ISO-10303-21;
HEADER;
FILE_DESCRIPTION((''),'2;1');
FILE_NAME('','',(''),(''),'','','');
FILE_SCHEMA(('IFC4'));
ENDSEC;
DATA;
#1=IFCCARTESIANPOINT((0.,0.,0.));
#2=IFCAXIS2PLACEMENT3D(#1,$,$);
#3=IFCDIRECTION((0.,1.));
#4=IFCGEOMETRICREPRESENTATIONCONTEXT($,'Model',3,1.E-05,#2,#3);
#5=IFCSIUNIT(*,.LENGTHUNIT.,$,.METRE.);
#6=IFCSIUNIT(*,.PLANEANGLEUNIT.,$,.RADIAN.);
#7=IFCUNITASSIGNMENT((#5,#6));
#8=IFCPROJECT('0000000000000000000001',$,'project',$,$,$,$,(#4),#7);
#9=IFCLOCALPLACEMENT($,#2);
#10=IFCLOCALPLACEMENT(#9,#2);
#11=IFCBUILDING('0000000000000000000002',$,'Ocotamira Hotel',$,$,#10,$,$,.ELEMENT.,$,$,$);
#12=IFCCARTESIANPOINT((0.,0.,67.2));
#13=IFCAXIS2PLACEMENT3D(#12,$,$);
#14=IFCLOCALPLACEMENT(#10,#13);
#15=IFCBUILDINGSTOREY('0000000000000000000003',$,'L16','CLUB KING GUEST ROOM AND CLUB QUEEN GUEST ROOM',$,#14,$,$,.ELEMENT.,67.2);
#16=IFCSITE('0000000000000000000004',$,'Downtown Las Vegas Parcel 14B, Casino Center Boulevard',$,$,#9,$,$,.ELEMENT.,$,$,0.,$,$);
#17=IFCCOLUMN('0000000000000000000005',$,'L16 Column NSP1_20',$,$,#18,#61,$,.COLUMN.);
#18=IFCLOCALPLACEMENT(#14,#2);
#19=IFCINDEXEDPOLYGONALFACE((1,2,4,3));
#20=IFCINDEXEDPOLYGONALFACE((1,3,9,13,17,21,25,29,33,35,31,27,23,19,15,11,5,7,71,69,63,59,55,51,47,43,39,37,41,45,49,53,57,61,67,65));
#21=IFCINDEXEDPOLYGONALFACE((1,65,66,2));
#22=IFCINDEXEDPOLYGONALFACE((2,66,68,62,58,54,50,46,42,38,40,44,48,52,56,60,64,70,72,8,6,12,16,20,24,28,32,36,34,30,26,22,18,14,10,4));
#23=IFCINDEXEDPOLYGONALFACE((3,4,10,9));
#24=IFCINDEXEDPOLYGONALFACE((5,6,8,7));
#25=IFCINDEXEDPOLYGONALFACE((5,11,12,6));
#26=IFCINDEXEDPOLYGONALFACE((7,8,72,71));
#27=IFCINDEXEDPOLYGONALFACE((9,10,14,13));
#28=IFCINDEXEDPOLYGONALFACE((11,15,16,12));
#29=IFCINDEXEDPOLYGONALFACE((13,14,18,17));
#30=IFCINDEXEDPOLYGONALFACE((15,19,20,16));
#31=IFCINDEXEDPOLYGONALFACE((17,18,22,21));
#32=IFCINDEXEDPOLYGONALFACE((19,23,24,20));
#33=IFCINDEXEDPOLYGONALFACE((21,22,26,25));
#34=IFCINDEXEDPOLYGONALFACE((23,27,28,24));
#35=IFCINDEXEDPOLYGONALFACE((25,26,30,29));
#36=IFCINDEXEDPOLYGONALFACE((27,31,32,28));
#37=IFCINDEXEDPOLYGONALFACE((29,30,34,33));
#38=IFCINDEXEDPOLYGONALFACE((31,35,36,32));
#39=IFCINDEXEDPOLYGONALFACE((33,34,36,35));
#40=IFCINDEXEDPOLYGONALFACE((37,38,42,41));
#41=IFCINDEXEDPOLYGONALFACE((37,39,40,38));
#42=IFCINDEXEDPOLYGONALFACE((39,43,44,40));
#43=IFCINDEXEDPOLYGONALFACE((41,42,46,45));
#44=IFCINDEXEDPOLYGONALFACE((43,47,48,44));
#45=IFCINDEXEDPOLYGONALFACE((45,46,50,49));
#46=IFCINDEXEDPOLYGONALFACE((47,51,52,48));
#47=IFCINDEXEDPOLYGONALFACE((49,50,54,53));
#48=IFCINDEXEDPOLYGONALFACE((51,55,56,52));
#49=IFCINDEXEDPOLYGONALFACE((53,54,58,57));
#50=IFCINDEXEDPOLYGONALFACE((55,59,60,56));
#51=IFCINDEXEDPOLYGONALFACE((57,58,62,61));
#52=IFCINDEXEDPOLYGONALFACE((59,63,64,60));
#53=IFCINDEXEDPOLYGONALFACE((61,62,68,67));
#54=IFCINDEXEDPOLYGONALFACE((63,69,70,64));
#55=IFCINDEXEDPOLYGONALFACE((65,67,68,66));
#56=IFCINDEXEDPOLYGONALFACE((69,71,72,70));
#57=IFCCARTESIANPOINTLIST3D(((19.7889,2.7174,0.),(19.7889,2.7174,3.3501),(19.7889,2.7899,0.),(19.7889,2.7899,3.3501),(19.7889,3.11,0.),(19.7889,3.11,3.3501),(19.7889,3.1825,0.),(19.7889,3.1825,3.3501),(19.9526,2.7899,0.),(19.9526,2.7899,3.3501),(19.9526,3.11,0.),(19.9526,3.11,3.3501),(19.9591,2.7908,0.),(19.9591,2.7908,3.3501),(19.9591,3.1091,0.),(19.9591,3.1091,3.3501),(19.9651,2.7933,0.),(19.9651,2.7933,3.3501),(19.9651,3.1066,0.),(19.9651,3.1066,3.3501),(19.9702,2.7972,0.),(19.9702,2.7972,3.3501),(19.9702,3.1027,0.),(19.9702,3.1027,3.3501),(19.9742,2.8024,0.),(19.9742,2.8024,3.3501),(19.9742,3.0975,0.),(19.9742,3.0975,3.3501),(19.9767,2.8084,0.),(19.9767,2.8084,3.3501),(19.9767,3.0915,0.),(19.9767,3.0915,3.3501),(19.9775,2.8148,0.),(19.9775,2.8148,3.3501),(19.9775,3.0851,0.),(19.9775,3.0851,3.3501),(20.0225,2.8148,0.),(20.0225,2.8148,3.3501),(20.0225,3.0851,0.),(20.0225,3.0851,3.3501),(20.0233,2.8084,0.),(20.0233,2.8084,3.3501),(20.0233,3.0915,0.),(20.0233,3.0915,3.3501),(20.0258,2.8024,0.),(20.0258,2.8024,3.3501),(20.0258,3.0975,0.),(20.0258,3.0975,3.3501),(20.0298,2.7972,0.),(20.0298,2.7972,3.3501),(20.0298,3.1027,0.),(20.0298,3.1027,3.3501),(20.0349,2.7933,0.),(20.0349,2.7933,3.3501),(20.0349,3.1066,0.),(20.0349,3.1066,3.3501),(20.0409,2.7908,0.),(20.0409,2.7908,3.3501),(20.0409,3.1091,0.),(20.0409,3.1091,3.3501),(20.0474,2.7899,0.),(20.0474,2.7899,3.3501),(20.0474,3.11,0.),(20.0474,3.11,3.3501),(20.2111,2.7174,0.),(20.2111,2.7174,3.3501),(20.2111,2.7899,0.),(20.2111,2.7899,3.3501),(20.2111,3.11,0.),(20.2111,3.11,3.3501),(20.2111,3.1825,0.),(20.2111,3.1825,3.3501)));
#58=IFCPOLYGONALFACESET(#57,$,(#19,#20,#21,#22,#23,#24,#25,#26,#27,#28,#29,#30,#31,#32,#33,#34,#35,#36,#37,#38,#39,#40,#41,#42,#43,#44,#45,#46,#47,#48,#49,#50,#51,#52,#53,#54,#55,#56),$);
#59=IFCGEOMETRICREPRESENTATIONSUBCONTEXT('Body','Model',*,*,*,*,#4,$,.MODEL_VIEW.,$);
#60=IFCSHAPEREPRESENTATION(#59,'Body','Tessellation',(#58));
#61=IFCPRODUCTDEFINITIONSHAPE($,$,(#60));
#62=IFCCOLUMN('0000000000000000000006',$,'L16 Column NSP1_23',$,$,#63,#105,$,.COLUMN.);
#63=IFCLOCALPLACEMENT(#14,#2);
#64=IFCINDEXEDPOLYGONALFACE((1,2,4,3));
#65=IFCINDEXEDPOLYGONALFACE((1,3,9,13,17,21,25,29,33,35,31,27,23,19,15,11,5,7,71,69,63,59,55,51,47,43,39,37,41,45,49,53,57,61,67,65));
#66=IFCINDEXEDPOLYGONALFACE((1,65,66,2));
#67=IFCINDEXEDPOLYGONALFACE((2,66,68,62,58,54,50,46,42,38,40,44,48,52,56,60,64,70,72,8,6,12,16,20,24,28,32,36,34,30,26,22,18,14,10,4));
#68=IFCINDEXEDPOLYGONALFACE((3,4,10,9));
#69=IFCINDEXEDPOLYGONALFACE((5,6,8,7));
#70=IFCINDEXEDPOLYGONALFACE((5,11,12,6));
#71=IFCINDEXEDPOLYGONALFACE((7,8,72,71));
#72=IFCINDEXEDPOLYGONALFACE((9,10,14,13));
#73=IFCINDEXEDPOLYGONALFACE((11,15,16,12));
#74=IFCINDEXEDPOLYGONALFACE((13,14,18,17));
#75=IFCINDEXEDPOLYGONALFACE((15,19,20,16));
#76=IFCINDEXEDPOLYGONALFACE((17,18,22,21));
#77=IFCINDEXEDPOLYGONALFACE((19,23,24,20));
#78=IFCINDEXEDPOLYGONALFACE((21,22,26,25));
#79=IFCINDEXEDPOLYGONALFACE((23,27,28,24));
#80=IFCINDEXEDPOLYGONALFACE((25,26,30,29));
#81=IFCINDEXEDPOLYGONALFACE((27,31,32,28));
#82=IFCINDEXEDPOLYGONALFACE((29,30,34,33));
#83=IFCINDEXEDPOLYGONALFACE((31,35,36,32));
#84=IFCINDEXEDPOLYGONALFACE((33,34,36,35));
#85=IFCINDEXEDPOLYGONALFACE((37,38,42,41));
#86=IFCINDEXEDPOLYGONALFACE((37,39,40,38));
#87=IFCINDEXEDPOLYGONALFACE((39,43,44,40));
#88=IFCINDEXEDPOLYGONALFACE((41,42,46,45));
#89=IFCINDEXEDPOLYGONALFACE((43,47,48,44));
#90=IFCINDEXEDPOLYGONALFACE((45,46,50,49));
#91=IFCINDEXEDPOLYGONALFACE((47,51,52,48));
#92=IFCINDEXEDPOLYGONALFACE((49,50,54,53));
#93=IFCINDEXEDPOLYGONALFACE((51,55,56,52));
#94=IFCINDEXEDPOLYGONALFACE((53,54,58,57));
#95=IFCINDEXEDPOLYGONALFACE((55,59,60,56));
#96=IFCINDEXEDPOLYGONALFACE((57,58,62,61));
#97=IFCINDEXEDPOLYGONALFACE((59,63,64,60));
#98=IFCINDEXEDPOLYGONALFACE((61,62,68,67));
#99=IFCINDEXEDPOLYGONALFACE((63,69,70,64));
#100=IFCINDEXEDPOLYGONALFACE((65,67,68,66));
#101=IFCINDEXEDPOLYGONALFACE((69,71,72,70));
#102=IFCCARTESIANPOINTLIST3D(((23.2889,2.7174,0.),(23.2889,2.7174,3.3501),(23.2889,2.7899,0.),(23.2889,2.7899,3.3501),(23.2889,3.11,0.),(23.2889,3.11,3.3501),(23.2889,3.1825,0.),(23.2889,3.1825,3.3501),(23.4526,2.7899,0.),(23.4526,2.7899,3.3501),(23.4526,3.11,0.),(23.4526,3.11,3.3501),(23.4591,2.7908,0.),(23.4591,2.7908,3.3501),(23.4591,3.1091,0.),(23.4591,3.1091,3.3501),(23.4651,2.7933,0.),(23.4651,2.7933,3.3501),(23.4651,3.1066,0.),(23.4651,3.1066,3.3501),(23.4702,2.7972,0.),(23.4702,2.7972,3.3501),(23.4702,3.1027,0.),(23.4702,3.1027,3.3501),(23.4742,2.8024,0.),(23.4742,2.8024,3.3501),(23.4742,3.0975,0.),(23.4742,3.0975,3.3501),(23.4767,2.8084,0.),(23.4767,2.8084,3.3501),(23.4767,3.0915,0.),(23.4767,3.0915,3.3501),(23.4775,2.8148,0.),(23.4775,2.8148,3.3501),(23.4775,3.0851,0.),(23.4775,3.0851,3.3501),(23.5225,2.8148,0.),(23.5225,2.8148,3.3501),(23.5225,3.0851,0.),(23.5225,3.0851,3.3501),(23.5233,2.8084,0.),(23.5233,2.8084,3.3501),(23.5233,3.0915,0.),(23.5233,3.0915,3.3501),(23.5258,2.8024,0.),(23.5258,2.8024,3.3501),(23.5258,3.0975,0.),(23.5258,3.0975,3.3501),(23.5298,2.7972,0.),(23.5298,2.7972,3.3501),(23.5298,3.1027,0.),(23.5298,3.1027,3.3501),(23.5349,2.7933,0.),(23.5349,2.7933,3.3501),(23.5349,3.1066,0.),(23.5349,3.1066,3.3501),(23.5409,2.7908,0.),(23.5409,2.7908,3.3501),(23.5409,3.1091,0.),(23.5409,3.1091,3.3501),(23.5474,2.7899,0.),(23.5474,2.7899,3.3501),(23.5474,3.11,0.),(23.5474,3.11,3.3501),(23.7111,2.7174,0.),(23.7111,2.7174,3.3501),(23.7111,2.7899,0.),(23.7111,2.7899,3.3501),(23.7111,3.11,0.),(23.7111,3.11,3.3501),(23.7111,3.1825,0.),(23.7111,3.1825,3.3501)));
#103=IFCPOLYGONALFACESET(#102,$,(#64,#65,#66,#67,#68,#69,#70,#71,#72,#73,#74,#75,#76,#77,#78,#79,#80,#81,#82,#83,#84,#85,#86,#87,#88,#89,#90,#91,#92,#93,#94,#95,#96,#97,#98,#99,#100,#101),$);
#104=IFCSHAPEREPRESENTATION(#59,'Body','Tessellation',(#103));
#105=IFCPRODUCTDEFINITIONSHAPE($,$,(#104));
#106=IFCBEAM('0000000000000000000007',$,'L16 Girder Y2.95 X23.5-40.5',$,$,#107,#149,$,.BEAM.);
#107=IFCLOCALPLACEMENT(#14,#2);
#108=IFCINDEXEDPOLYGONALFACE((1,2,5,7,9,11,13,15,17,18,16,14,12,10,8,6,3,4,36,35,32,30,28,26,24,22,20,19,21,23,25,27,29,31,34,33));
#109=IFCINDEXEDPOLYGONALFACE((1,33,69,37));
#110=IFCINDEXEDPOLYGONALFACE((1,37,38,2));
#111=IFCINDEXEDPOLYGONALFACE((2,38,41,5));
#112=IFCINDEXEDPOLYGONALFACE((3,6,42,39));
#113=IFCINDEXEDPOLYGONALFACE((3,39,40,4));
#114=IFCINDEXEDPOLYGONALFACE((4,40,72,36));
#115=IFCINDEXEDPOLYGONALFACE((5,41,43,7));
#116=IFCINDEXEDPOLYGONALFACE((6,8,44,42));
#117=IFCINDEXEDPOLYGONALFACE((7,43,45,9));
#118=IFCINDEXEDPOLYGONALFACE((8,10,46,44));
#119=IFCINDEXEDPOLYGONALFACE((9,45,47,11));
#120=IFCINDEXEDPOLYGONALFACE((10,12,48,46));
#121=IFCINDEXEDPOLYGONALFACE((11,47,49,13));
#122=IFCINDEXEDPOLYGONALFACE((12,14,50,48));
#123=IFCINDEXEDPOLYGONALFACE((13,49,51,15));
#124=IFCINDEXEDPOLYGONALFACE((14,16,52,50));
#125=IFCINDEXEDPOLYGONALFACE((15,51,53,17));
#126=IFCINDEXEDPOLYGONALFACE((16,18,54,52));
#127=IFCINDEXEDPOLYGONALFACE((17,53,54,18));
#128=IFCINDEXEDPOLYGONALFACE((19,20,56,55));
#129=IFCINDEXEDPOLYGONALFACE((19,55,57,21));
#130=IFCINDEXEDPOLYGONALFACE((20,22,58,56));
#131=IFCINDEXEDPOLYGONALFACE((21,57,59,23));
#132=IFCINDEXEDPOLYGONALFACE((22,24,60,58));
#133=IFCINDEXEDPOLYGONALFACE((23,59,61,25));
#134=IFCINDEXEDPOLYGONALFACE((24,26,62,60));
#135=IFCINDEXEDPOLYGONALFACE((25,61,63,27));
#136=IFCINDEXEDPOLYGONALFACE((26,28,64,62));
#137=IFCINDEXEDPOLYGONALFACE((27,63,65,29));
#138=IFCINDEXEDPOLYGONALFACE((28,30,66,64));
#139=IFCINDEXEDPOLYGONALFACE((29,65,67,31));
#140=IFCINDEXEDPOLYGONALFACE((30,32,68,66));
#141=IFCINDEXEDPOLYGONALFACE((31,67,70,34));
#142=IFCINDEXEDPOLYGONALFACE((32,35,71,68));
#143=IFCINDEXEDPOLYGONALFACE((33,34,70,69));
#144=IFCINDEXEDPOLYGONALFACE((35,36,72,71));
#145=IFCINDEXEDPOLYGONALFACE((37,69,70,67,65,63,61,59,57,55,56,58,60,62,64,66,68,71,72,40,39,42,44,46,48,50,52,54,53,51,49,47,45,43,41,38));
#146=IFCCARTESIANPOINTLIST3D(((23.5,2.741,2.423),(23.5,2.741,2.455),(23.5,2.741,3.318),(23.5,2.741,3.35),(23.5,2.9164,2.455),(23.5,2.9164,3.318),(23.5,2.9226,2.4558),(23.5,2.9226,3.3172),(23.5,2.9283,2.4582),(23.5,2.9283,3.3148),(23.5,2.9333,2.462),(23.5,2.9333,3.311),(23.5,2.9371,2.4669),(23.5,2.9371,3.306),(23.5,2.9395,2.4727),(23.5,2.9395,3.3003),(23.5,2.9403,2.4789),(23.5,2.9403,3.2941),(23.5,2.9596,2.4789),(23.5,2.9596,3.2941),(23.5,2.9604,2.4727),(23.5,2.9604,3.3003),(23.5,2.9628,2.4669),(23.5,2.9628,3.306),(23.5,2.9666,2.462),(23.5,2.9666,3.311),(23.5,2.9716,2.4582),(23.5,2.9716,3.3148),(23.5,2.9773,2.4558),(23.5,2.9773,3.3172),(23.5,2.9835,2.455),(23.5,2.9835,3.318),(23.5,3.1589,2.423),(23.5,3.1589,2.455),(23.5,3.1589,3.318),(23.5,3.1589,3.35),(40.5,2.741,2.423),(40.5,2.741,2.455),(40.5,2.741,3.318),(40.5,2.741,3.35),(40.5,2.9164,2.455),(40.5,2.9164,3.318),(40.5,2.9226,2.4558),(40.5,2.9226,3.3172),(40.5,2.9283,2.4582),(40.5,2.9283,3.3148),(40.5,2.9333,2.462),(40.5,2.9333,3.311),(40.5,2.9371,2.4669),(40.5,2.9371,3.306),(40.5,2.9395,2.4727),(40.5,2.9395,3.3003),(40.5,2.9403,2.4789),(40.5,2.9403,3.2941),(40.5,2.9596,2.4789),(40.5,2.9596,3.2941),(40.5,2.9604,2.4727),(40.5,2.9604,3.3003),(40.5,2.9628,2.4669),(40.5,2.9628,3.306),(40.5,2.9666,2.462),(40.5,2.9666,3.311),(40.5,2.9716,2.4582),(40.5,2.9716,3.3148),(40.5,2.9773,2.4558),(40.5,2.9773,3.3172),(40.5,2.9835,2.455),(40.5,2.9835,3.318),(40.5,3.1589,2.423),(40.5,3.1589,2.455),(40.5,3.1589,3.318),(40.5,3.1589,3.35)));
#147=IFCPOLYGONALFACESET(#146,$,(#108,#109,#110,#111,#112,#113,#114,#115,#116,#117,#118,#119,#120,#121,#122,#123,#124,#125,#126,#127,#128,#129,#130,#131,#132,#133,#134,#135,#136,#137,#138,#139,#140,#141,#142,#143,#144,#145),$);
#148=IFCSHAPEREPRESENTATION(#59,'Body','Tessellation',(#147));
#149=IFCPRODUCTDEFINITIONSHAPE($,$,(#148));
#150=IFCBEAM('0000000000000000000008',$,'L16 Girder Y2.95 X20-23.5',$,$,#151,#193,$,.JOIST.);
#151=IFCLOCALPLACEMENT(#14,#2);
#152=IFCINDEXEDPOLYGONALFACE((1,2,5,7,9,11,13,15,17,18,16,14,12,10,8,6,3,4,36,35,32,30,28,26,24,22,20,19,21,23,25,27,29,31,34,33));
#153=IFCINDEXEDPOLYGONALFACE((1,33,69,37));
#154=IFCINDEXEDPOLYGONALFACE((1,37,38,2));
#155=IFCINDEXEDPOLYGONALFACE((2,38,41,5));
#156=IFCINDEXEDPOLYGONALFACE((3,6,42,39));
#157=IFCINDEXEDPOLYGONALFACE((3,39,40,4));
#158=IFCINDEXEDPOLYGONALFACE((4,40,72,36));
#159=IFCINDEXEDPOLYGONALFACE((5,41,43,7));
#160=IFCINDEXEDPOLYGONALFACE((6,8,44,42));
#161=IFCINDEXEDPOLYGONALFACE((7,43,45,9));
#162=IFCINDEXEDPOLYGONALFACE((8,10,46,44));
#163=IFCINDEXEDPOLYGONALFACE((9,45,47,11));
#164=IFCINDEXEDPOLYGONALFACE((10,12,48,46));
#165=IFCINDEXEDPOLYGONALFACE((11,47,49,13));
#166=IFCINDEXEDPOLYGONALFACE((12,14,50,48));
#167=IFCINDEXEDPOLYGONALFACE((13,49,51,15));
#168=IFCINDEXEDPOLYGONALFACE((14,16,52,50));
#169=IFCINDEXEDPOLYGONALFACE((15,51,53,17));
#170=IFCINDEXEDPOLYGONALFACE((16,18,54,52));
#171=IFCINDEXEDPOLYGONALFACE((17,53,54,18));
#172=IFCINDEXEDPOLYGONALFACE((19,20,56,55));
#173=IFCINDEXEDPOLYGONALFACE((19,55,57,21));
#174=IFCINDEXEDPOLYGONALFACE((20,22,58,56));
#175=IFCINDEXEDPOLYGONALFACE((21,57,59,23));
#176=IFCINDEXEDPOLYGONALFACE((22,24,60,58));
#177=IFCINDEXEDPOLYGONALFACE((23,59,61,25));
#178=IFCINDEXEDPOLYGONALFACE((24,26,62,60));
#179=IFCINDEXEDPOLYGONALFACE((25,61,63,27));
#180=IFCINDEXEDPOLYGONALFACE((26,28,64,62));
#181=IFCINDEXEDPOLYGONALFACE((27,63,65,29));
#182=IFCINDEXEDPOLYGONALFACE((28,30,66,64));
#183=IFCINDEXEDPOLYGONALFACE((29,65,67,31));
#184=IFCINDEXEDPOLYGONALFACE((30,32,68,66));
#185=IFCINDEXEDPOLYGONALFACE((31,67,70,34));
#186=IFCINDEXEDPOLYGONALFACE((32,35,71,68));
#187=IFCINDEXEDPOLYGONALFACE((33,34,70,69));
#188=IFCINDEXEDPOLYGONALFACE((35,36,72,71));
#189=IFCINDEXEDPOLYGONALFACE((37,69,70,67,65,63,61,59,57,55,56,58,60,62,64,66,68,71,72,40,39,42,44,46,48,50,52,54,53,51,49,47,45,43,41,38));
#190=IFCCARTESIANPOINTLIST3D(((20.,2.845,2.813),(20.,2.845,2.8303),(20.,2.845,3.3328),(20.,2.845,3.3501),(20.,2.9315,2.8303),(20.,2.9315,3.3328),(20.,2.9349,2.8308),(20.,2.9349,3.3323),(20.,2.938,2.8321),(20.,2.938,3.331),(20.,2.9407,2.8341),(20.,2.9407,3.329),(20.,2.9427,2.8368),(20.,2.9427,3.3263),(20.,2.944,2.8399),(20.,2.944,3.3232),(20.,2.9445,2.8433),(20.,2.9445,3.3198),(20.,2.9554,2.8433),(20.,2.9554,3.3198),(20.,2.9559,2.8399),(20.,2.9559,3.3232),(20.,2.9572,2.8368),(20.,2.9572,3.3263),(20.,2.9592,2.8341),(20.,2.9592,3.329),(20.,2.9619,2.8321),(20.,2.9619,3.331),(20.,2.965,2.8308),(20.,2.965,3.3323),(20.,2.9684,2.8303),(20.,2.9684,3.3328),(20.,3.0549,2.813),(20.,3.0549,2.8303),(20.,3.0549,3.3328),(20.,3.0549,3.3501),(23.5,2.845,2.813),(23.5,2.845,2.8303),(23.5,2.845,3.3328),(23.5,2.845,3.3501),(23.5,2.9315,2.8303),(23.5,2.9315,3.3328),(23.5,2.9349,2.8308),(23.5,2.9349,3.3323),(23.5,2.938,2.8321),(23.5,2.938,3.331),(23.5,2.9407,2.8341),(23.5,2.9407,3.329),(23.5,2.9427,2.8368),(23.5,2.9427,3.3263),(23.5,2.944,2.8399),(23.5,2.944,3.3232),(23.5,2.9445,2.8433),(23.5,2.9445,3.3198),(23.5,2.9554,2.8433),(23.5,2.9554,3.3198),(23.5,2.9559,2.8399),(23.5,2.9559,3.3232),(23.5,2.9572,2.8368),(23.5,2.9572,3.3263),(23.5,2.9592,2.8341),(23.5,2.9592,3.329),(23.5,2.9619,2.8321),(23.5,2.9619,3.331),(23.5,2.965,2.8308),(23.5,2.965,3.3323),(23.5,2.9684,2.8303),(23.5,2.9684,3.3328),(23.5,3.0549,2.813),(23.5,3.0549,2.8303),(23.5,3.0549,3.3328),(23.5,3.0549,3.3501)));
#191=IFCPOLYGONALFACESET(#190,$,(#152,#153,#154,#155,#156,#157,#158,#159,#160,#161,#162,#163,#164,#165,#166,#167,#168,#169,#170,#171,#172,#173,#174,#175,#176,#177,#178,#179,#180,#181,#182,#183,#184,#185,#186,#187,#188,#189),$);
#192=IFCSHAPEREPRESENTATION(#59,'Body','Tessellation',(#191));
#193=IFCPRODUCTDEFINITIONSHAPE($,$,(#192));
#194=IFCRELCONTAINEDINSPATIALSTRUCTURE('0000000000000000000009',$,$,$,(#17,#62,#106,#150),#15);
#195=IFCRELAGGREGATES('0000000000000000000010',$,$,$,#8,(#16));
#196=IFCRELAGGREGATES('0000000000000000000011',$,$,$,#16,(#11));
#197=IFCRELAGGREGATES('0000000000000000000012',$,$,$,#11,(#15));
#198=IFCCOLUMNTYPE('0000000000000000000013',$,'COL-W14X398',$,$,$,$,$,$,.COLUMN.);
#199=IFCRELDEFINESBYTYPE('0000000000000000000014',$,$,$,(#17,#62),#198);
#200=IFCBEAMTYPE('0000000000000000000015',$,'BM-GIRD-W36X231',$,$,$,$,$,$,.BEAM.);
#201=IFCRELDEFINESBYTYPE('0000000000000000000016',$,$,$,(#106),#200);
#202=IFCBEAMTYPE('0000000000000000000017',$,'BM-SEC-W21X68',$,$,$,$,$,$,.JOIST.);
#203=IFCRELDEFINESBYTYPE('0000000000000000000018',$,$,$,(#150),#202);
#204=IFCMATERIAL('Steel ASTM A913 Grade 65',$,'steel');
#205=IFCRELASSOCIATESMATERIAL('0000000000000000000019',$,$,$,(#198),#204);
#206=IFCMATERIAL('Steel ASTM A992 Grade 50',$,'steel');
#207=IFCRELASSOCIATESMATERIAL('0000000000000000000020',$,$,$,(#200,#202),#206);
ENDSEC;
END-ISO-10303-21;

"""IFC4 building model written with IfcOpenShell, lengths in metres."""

from ifc_helpers import new_model, si_unit, direction, frame, origin, origin_2d, place, context, subcontext, project, spatial, i_section, extrude, source, transform, mapped, material, material_profile, profile_set, type_object, element, save


model = new_model("IFC4")

# Units and contexts
model_context = context("Model", 3, precision=1e-05, world=origin(), true_north=direction((0.0, 1.0)))
body_context = subcontext(model_context, "Body", "Model", "MODEL_VIEW")
ifc_project = project(units=[si_unit("LENGTHUNIT", "METRE"), si_unit("PLANEANGLEUNIT", "RADIAN")], contexts=[model_context])

# Site, building, storey
site_placement = place(None, origin())
site = spatial("IfcSite", under=ifc_project, at=site_placement, Name="Downtown Las Vegas Parcel 14B, Casino Center Boulevard", CompositionType="ELEMENT", RefElevation=0.0)
building_placement = place(site_placement, origin())
building = spatial("IfcBuilding", under=site, at=building_placement, Name="Ocotamira Hotel", CompositionType="ELEMENT")
storey_placement = place(building_placement, frame((0.0, 0.0, 67.2)))
storey = spatial("IfcBuildingStorey", under=building, at=storey_placement, Name="L16", Description="CLUB KING GUEST ROOM AND CLUB QUEEN GUEST ROOM", CompositionType="ELEMENT", Elevation=67.2)

# Columns
ifc_material_1 = material(Name="Steel ASTM A913 Grade 65", Category="steel")
ifc_material_profile_1 = material_profile(ifc_material_1, i_section(OverallWidth=0.4221, OverallDepth=0.4651, WebThickness=0.0449, FlangeThickness=0.0725, FilletRadius=0.0249, at=origin_2d()), Name="W14X398")
ifc_profile_set_1 = profile_set([ifc_material_profile_1], Name="Steel ASTM A913 Grade 65")
column_type = type_object("IfcColumnType", Name="COL-W14X398", PredefinedType="COLUMN", material=ifc_profile_set_1)
shared_shape_1 = source(origin(), body_context, "Body", "SweptSolid", [
    extrude(i_section(OverallWidth=0.4221, OverallDepth=0.4651, WebThickness=0.0449, FlangeThickness=0.0725, FilletRadius=0.0249, at=origin_2d()), origin(), (0.0, 0.0, 1.0), 3.3501),
])
for number, where, z_axis, x_axis, name in (
    (1, (20.0, 2.95, 0.0), (0.0, 0.0, 1.0), (1.0, 0.0, 0.0), "L16 Column NSP1_20"),
    (2, (23.5, 2.95, 0.0), (0.0, 0.0, 1.0), (1.0, 0.0, 0.0), "L16 Column NSP1_23"),
):
    element("IfcColumn", number, at=place(storey_placement, frame(where, z_axis=z_axis, x_axis=x_axis)), inside=storey, type_object=column_type, Name=name, PredefinedType="COLUMN", context=body_context, shape_type="MappedRepresentation", body=[
        mapped(shared_shape_1, transform((0.0, 0.0, 0.0), scale=1.0)),
    ])

# Beams
ifc_material_2 = material(Name="Steel ASTM A992 Grade 50", Category="steel")
ifc_material_profile_2 = material_profile(ifc_material_2, i_section(OverallWidth=0.418, OverallDepth=0.927, WebThickness=0.0193, FlangeThickness=0.032, FilletRadius=0.0239, at=origin_2d()), Name="W36X231")
ifc_profile_set_2 = profile_set([ifc_material_profile_2], Name="Steel ASTM A992 Grade 50")
beam_type_1 = type_object("IfcBeamType", Name="BM-GIRD-W36X231", PredefinedType="BEAM", material=ifc_profile_set_2)
shared_shape_2 = source(origin(), body_context, "Body", "SweptSolid", [
    extrude(i_section(OverallWidth=0.418, OverallDepth=0.927, WebThickness=0.0193, FlangeThickness=0.032, FilletRadius=0.0239, at=origin_2d()), origin(), (0.0, 0.0, 1.0), 17.0),
])
beam_1_placement = place(storey_placement, frame((23.5, 2.95, 2.8865), z_axis=(1.0, 0.0, 0.0), x_axis=(0.0, 1.0, 0.0)))
element("IfcBeam", 3, at=beam_1_placement, inside=storey, type_object=beam_type_1, Name="L16 Girder Y2.95 X23.5-40.5", PredefinedType="BEAM", context=body_context, shape_type="MappedRepresentation", body=[
    mapped(shared_shape_2, transform((0.0, 0.0, 0.0), scale=1.0)),
])
ifc_material_profile_3 = material_profile(ifc_material_2, i_section(OverallWidth=0.21, OverallDepth=0.5371, WebThickness=0.011, FlangeThickness=0.0173, FilletRadius=0.0129, at=origin_2d()), Name="W21X68")
ifc_profile_set_3 = profile_set([ifc_material_profile_3], Name="Steel ASTM A992 Grade 50")
beam_type_2 = type_object("IfcBeamType", Name="BM-SEC-W21X68", PredefinedType="JOIST", material=ifc_profile_set_3)
shared_shape_3 = source(origin(), body_context, "Body", "SweptSolid", [
    extrude(i_section(OverallWidth=0.21, OverallDepth=0.5371, WebThickness=0.011, FlangeThickness=0.0173, FilletRadius=0.0129, at=origin_2d()), origin(), (0.0, 0.0, 1.0), 3.5),
])
beam_2_placement = place(storey_placement, frame((20.0, 2.95, 3.0815), z_axis=(1.0, 0.0, 0.0), x_axis=(0.0, 1.0, 0.0)))
element("IfcBeam", 4, at=beam_2_placement, inside=storey, type_object=beam_type_2, Name="L16 Girder Y2.95 X20-23.5", PredefinedType="JOIST", context=body_context, shape_type="MappedRepresentation", body=[
    mapped(shared_shape_3, transform((0.0, 0.0, 0.0), scale=1.0)),
])

save(model, "model.ifc")
